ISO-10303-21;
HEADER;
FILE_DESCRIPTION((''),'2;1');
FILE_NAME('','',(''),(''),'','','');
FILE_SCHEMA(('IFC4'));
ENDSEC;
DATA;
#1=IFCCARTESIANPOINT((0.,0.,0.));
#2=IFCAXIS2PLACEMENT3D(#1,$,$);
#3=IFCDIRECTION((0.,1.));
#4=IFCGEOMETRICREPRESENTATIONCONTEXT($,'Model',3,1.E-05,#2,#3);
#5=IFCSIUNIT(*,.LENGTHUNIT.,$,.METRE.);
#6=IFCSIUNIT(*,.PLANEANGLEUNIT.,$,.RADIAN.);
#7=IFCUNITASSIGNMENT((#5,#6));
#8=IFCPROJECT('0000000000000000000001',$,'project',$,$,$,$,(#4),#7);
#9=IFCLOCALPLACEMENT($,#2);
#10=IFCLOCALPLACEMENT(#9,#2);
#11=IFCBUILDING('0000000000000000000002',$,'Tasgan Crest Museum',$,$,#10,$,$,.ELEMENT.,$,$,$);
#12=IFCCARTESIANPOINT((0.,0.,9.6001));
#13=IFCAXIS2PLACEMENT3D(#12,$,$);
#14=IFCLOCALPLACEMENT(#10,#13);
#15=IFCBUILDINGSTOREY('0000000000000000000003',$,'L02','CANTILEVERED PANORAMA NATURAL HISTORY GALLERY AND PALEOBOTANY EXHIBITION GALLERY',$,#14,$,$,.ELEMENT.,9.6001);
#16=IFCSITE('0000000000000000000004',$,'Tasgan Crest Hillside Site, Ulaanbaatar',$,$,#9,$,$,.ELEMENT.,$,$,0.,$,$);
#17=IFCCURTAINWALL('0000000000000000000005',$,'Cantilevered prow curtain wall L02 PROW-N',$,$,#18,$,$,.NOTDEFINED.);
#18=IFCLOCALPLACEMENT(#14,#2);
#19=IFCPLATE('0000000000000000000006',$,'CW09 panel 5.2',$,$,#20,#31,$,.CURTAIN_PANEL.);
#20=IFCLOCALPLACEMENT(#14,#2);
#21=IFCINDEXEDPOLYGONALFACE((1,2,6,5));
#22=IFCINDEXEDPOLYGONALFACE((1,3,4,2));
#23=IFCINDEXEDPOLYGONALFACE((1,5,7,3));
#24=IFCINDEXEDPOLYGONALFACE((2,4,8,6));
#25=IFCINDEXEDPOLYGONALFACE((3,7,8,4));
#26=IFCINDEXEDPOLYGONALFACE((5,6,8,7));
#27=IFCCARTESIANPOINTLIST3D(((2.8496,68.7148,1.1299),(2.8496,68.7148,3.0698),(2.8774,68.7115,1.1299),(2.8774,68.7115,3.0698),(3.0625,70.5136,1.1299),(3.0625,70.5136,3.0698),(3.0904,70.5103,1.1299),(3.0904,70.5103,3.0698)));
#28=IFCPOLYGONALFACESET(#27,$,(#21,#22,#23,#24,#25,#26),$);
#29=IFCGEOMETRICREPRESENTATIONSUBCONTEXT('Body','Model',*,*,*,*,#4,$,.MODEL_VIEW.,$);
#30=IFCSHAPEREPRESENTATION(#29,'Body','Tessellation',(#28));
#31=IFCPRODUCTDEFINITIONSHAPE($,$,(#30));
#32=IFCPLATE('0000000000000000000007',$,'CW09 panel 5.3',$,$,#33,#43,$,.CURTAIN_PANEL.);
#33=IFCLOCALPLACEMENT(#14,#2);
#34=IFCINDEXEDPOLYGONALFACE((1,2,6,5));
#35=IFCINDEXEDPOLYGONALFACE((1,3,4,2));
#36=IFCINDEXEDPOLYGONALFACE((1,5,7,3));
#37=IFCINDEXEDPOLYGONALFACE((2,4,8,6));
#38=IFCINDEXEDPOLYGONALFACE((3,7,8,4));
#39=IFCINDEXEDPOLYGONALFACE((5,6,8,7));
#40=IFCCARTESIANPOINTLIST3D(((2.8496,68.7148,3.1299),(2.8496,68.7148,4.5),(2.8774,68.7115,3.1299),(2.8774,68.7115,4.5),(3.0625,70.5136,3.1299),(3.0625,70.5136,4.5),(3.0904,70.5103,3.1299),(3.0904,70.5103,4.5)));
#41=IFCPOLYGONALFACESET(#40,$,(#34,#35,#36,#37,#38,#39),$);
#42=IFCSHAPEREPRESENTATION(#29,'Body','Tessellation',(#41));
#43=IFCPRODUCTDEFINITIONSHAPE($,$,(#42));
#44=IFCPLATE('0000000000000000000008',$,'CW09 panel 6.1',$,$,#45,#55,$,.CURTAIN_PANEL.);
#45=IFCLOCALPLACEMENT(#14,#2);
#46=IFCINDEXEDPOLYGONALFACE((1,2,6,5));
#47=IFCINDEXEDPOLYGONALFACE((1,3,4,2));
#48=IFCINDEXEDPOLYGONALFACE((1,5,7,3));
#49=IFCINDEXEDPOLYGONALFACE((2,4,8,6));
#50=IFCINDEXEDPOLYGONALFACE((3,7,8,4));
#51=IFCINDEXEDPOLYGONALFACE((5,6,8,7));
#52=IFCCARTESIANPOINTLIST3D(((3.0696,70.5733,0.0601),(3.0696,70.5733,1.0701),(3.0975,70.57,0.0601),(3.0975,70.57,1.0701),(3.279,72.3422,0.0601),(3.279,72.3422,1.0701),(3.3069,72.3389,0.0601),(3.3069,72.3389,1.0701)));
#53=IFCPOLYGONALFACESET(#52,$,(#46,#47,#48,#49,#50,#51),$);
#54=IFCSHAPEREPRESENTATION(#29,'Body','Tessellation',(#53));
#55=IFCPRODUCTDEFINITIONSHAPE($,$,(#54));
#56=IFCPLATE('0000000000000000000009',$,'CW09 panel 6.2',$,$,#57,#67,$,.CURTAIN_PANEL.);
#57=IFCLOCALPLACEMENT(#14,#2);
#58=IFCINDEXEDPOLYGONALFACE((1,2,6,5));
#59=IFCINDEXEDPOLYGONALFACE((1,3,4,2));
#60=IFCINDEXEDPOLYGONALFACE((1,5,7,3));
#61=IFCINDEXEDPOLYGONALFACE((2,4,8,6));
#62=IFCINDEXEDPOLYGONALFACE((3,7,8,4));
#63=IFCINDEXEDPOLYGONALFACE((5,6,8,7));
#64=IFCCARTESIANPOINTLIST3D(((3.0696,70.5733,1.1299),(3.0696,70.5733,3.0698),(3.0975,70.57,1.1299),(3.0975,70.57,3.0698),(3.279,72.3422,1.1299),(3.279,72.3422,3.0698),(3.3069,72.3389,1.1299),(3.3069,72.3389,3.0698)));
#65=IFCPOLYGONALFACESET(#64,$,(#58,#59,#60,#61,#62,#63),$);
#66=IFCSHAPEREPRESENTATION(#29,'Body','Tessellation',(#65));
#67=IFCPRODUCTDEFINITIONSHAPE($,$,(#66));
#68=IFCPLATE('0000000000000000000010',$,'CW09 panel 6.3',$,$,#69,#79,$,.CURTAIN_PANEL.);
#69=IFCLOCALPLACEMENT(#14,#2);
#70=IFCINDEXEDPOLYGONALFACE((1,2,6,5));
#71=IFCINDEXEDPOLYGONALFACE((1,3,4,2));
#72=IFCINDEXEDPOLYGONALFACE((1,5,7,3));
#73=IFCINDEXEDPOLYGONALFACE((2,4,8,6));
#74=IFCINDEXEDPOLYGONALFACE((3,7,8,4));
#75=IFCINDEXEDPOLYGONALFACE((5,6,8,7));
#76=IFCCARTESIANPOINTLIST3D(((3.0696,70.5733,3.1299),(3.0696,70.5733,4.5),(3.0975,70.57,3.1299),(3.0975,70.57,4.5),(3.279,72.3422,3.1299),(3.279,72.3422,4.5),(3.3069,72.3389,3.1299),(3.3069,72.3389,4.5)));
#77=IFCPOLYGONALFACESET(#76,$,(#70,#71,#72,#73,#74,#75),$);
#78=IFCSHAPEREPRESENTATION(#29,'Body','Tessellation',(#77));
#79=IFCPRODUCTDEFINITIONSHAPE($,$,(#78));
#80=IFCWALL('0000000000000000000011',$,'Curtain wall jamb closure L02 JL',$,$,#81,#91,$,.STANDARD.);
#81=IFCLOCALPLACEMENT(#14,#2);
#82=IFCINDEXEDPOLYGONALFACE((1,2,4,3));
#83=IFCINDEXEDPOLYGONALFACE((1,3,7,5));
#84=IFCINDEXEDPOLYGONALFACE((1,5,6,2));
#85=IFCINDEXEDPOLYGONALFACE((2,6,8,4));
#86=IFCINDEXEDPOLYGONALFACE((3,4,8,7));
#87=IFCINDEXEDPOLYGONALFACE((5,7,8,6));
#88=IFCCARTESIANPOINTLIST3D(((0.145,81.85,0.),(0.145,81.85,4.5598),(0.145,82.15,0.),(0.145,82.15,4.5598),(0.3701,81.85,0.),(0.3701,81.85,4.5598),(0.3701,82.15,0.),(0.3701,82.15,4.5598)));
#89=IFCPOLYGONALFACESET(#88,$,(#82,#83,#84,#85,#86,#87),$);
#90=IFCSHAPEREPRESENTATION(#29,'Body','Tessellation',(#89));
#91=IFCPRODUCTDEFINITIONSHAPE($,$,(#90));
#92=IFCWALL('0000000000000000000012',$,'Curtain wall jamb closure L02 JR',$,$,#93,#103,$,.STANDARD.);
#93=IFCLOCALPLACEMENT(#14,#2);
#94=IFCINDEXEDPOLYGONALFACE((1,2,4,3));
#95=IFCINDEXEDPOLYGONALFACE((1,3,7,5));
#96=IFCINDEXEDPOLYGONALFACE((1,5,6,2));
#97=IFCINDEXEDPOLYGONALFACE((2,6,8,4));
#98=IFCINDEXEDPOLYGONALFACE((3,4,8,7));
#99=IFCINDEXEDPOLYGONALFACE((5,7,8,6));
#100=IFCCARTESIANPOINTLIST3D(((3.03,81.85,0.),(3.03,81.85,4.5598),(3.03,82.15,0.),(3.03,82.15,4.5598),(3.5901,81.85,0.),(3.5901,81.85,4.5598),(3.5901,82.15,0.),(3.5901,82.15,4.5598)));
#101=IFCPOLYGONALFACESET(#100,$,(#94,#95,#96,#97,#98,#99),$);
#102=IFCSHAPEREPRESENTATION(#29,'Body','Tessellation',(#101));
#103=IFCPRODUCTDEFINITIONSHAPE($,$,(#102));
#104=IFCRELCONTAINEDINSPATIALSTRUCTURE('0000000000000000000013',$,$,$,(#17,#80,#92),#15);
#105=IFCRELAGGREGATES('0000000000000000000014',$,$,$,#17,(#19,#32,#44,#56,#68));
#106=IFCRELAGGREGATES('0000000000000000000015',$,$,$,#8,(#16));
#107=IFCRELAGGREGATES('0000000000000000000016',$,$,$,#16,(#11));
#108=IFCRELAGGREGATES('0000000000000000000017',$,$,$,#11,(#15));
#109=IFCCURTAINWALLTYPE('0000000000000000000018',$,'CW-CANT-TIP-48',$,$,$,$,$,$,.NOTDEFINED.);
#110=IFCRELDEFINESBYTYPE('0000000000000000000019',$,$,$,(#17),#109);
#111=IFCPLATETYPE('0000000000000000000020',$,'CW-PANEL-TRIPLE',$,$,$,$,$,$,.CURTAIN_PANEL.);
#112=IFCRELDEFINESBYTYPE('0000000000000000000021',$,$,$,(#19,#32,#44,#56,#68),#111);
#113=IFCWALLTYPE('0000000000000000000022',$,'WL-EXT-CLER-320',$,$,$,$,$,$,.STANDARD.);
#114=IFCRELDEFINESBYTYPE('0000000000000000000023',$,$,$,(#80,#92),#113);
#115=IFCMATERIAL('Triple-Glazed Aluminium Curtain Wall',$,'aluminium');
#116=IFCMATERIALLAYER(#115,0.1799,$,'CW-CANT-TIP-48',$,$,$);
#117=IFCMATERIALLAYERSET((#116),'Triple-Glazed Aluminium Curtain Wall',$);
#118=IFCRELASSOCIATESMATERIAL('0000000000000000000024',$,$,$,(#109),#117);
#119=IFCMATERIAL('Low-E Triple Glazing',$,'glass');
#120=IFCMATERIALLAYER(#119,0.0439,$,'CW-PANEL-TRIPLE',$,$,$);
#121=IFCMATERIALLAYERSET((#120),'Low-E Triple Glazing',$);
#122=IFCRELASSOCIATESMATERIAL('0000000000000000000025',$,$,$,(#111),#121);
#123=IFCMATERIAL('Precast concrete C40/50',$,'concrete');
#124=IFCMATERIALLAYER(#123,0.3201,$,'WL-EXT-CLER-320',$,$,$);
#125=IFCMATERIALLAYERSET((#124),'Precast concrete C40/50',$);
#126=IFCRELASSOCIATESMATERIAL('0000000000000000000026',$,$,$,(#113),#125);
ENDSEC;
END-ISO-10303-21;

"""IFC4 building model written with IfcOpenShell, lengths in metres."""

from ifc_helpers import new_model, si_unit, direction, frame, frame_2d, origin, origin_2d, place, context, subcontext, project, spatial, rectangle, extrude, material, layer, layer_set, type_object, element, aggregate, save


model = new_model("IFC4")

# Units and contexts
model_context = context("Model", 3, precision=1e-05, world=origin(), true_north=direction((0.0, 1.0)))
body_context = subcontext(model_context, "Body", "Model", "MODEL_VIEW")
ifc_project = project(units=[si_unit("LENGTHUNIT", "METRE"), si_unit("PLANEANGLEUNIT", "RADIAN")], contexts=[model_context])

# Site, building, storey
site_placement = place(None, origin())
site = spatial("IfcSite", under=ifc_project, at=site_placement, Name="Tasgan Crest Hillside Site, Ulaanbaatar", CompositionType="ELEMENT", RefElevation=0.0)
building_placement = place(site_placement, origin())
building = spatial("IfcBuilding", under=site, at=building_placement, Name="Tasgan Crest Museum", CompositionType="ELEMENT")
storey_placement = place(building_placement, frame((0.0, 0.0, 9.6001)))
storey = spatial("IfcBuildingStorey", under=building, at=storey_placement, Name="L02", Description="CANTILEVERED PANORAMA NATURAL HISTORY GALLERY AND PALEOBOTANY EXHIBITION GALLERY", CompositionType="ELEMENT", Elevation=9.6001)

# Curtain wall
ifc_material_1 = material(Name="Triple-Glazed Aluminium Curtain Wall", Category="aluminium")
ifc_layer_1 = layer(ifc_material_1, 0.1799, Name="CW-CANT-TIP-48")
ifc_layer_set_1 = layer_set([ifc_layer_1], Name="Triple-Glazed Aluminium Curtain Wall")
curtain_wall_type_1 = type_object("IfcCurtainWallType", Name="CW-CANT-TIP-48", PredefinedType="NOTDEFINED", material=ifc_layer_set_1)
curtain_wall_1_placement = place(storey_placement, origin())
curtain_wall_1 = element("IfcCurtainWall", 1, at=curtain_wall_1_placement, inside=storey, type_object=curtain_wall_type_1, Name="Cantilevered prow curtain wall L02 PROW-N", PredefinedType="NOTDEFINED")

# Plates
ifc_material_2 = material(Name="Low-E Triple Glazing", Category="glass")
ifc_layer_2 = layer(ifc_material_2, 0.0439, Name="CW-PANEL-TRIPLE")
ifc_layer_set_2 = layer_set([ifc_layer_2], Name="Low-E Triple Glazing")
plate_type_1 = type_object("IfcPlateType", Name="CW-PANEL-TRIPLE", PredefinedType="CURTAIN_PANEL", material=ifc_layer_set_2)
plate_1_placement = place(storey_placement, frame((2.97, 69.6125, 1.1299), z_axis=(0.0, 0.0, 1.0), x_axis=(0.117565, 0.993065, 0.0)))
plate_1 = element("IfcPlate", 2, at=plate_1_placement, type_object=plate_type_1, Name="CW09 panel 5.2", PredefinedType="CURTAIN_PANEL", context=body_context, shape_type="SweptSolid", body=[
    extrude(rectangle(XDim=1.8113, YDim=0.0281, at=origin_2d()), origin(), (0.0, 0.0, 1.0), 1.9399),
])
plate_2_placement = place(storey_placement, frame((2.97, 69.6125, 3.1299), z_axis=(0.0, 0.0, 1.0), x_axis=(0.117565, 0.993065, 0.0)))
plate_2 = element("IfcPlate", 3, at=plate_2_placement, type_object=plate_type_1, Name="CW09 panel 5.3", PredefinedType="CURTAIN_PANEL", context=body_context, shape_type="SweptSolid", body=[
    extrude(rectangle(XDim=1.8113, YDim=0.0281, at=origin_2d()), origin(), (0.0, 0.0, 1.0), 1.3701),
])
plate_3_placement = place(storey_placement, frame((3.1882, 71.4561, 0.0601), z_axis=(0.0, 0.0, 1.0), x_axis=(0.117565, 0.993065, 0.0)))
plate_3 = element("IfcPlate", 4, at=plate_3_placement, type_object=plate_type_1, Name="CW09 panel 6.1", PredefinedType="CURTAIN_PANEL", context=body_context, shape_type="SweptSolid", body=[
    extrude(rectangle(XDim=1.7812, YDim=0.0281, at=origin_2d()), origin(), (0.0, 0.0, 1.0), 1.01),
])
plate_4_placement = place(storey_placement, frame((3.1882, 71.4561, 1.1299), z_axis=(0.0, 0.0, 1.0), x_axis=(0.117565, 0.993065, 0.0)))
plate_4 = element("IfcPlate", 5, at=plate_4_placement, type_object=plate_type_1, Name="CW09 panel 6.2", PredefinedType="CURTAIN_PANEL", context=body_context, shape_type="SweptSolid", body=[
    extrude(rectangle(XDim=1.7812, YDim=0.0281, at=origin_2d()), origin(), (0.0, 0.0, 1.0), 1.9399),
])
plate_5_placement = place(storey_placement, frame((3.1882, 71.4561, 3.1299), z_axis=(0.0, 0.0, 1.0), x_axis=(0.117565, 0.993065, 0.0)))
plate_5 = element("IfcPlate", 6, at=plate_5_placement, type_object=plate_type_1, Name="CW09 panel 6.3", PredefinedType="CURTAIN_PANEL", context=body_context, shape_type="SweptSolid", body=[
    extrude(rectangle(XDim=1.7812, YDim=0.0281, at=origin_2d()), origin(), (0.0, 0.0, 1.0), 1.3701),
])
aggregate(curtain_wall_1, [plate_1, plate_2, plate_3, plate_4, plate_5])

# Walls
ifc_material_3 = material(Name="Precast concrete C40/50", Category="concrete")
ifc_layer_3 = layer(ifc_material_3, 0.3201, Name="WL-EXT-CLER-320")
ifc_layer_set_3 = layer_set([ifc_layer_3], Name="Precast concrete C40/50")
wall_type = type_object("IfcWallType", Name="WL-EXT-CLER-320", PredefinedType="STANDARD", material=ifc_layer_set_3)
wall_1_placement = place(storey_placement, frame((0.145, 82.0, 0.0), z_axis=(0.0, 0.0, 1.0), x_axis=(1.0, 0.0, 0.0)))
element("IfcWall", 7, at=wall_1_placement, inside=storey, type_object=wall_type, Name="Curtain wall jamb closure L02 JL", PredefinedType="STANDARD", context=body_context, shape_type="SweptSolid", body=[
    extrude(rectangle(XDim=0.2251, YDim=0.3, at=frame_2d((0.1125, 0.0))), origin(), (0.0, 0.0, 1.0), 4.5598),
])
wall_2_placement = place(storey_placement, frame((3.03, 82.0, 0.0), z_axis=(0.0, 0.0, 1.0), x_axis=(1.0, 0.0, 0.0)))
element("IfcWall", 8, at=wall_2_placement, inside=storey, type_object=wall_type, Name="Curtain wall jamb closure L02 JR", PredefinedType="STANDARD", context=body_context, shape_type="SweptSolid", body=[
    extrude(rectangle(XDim=0.5601, YDim=0.3, at=frame_2d((0.28, 0.0))), origin(), (0.0, 0.0, 1.0), 4.5598),
])

save(model, "model.ifc")
